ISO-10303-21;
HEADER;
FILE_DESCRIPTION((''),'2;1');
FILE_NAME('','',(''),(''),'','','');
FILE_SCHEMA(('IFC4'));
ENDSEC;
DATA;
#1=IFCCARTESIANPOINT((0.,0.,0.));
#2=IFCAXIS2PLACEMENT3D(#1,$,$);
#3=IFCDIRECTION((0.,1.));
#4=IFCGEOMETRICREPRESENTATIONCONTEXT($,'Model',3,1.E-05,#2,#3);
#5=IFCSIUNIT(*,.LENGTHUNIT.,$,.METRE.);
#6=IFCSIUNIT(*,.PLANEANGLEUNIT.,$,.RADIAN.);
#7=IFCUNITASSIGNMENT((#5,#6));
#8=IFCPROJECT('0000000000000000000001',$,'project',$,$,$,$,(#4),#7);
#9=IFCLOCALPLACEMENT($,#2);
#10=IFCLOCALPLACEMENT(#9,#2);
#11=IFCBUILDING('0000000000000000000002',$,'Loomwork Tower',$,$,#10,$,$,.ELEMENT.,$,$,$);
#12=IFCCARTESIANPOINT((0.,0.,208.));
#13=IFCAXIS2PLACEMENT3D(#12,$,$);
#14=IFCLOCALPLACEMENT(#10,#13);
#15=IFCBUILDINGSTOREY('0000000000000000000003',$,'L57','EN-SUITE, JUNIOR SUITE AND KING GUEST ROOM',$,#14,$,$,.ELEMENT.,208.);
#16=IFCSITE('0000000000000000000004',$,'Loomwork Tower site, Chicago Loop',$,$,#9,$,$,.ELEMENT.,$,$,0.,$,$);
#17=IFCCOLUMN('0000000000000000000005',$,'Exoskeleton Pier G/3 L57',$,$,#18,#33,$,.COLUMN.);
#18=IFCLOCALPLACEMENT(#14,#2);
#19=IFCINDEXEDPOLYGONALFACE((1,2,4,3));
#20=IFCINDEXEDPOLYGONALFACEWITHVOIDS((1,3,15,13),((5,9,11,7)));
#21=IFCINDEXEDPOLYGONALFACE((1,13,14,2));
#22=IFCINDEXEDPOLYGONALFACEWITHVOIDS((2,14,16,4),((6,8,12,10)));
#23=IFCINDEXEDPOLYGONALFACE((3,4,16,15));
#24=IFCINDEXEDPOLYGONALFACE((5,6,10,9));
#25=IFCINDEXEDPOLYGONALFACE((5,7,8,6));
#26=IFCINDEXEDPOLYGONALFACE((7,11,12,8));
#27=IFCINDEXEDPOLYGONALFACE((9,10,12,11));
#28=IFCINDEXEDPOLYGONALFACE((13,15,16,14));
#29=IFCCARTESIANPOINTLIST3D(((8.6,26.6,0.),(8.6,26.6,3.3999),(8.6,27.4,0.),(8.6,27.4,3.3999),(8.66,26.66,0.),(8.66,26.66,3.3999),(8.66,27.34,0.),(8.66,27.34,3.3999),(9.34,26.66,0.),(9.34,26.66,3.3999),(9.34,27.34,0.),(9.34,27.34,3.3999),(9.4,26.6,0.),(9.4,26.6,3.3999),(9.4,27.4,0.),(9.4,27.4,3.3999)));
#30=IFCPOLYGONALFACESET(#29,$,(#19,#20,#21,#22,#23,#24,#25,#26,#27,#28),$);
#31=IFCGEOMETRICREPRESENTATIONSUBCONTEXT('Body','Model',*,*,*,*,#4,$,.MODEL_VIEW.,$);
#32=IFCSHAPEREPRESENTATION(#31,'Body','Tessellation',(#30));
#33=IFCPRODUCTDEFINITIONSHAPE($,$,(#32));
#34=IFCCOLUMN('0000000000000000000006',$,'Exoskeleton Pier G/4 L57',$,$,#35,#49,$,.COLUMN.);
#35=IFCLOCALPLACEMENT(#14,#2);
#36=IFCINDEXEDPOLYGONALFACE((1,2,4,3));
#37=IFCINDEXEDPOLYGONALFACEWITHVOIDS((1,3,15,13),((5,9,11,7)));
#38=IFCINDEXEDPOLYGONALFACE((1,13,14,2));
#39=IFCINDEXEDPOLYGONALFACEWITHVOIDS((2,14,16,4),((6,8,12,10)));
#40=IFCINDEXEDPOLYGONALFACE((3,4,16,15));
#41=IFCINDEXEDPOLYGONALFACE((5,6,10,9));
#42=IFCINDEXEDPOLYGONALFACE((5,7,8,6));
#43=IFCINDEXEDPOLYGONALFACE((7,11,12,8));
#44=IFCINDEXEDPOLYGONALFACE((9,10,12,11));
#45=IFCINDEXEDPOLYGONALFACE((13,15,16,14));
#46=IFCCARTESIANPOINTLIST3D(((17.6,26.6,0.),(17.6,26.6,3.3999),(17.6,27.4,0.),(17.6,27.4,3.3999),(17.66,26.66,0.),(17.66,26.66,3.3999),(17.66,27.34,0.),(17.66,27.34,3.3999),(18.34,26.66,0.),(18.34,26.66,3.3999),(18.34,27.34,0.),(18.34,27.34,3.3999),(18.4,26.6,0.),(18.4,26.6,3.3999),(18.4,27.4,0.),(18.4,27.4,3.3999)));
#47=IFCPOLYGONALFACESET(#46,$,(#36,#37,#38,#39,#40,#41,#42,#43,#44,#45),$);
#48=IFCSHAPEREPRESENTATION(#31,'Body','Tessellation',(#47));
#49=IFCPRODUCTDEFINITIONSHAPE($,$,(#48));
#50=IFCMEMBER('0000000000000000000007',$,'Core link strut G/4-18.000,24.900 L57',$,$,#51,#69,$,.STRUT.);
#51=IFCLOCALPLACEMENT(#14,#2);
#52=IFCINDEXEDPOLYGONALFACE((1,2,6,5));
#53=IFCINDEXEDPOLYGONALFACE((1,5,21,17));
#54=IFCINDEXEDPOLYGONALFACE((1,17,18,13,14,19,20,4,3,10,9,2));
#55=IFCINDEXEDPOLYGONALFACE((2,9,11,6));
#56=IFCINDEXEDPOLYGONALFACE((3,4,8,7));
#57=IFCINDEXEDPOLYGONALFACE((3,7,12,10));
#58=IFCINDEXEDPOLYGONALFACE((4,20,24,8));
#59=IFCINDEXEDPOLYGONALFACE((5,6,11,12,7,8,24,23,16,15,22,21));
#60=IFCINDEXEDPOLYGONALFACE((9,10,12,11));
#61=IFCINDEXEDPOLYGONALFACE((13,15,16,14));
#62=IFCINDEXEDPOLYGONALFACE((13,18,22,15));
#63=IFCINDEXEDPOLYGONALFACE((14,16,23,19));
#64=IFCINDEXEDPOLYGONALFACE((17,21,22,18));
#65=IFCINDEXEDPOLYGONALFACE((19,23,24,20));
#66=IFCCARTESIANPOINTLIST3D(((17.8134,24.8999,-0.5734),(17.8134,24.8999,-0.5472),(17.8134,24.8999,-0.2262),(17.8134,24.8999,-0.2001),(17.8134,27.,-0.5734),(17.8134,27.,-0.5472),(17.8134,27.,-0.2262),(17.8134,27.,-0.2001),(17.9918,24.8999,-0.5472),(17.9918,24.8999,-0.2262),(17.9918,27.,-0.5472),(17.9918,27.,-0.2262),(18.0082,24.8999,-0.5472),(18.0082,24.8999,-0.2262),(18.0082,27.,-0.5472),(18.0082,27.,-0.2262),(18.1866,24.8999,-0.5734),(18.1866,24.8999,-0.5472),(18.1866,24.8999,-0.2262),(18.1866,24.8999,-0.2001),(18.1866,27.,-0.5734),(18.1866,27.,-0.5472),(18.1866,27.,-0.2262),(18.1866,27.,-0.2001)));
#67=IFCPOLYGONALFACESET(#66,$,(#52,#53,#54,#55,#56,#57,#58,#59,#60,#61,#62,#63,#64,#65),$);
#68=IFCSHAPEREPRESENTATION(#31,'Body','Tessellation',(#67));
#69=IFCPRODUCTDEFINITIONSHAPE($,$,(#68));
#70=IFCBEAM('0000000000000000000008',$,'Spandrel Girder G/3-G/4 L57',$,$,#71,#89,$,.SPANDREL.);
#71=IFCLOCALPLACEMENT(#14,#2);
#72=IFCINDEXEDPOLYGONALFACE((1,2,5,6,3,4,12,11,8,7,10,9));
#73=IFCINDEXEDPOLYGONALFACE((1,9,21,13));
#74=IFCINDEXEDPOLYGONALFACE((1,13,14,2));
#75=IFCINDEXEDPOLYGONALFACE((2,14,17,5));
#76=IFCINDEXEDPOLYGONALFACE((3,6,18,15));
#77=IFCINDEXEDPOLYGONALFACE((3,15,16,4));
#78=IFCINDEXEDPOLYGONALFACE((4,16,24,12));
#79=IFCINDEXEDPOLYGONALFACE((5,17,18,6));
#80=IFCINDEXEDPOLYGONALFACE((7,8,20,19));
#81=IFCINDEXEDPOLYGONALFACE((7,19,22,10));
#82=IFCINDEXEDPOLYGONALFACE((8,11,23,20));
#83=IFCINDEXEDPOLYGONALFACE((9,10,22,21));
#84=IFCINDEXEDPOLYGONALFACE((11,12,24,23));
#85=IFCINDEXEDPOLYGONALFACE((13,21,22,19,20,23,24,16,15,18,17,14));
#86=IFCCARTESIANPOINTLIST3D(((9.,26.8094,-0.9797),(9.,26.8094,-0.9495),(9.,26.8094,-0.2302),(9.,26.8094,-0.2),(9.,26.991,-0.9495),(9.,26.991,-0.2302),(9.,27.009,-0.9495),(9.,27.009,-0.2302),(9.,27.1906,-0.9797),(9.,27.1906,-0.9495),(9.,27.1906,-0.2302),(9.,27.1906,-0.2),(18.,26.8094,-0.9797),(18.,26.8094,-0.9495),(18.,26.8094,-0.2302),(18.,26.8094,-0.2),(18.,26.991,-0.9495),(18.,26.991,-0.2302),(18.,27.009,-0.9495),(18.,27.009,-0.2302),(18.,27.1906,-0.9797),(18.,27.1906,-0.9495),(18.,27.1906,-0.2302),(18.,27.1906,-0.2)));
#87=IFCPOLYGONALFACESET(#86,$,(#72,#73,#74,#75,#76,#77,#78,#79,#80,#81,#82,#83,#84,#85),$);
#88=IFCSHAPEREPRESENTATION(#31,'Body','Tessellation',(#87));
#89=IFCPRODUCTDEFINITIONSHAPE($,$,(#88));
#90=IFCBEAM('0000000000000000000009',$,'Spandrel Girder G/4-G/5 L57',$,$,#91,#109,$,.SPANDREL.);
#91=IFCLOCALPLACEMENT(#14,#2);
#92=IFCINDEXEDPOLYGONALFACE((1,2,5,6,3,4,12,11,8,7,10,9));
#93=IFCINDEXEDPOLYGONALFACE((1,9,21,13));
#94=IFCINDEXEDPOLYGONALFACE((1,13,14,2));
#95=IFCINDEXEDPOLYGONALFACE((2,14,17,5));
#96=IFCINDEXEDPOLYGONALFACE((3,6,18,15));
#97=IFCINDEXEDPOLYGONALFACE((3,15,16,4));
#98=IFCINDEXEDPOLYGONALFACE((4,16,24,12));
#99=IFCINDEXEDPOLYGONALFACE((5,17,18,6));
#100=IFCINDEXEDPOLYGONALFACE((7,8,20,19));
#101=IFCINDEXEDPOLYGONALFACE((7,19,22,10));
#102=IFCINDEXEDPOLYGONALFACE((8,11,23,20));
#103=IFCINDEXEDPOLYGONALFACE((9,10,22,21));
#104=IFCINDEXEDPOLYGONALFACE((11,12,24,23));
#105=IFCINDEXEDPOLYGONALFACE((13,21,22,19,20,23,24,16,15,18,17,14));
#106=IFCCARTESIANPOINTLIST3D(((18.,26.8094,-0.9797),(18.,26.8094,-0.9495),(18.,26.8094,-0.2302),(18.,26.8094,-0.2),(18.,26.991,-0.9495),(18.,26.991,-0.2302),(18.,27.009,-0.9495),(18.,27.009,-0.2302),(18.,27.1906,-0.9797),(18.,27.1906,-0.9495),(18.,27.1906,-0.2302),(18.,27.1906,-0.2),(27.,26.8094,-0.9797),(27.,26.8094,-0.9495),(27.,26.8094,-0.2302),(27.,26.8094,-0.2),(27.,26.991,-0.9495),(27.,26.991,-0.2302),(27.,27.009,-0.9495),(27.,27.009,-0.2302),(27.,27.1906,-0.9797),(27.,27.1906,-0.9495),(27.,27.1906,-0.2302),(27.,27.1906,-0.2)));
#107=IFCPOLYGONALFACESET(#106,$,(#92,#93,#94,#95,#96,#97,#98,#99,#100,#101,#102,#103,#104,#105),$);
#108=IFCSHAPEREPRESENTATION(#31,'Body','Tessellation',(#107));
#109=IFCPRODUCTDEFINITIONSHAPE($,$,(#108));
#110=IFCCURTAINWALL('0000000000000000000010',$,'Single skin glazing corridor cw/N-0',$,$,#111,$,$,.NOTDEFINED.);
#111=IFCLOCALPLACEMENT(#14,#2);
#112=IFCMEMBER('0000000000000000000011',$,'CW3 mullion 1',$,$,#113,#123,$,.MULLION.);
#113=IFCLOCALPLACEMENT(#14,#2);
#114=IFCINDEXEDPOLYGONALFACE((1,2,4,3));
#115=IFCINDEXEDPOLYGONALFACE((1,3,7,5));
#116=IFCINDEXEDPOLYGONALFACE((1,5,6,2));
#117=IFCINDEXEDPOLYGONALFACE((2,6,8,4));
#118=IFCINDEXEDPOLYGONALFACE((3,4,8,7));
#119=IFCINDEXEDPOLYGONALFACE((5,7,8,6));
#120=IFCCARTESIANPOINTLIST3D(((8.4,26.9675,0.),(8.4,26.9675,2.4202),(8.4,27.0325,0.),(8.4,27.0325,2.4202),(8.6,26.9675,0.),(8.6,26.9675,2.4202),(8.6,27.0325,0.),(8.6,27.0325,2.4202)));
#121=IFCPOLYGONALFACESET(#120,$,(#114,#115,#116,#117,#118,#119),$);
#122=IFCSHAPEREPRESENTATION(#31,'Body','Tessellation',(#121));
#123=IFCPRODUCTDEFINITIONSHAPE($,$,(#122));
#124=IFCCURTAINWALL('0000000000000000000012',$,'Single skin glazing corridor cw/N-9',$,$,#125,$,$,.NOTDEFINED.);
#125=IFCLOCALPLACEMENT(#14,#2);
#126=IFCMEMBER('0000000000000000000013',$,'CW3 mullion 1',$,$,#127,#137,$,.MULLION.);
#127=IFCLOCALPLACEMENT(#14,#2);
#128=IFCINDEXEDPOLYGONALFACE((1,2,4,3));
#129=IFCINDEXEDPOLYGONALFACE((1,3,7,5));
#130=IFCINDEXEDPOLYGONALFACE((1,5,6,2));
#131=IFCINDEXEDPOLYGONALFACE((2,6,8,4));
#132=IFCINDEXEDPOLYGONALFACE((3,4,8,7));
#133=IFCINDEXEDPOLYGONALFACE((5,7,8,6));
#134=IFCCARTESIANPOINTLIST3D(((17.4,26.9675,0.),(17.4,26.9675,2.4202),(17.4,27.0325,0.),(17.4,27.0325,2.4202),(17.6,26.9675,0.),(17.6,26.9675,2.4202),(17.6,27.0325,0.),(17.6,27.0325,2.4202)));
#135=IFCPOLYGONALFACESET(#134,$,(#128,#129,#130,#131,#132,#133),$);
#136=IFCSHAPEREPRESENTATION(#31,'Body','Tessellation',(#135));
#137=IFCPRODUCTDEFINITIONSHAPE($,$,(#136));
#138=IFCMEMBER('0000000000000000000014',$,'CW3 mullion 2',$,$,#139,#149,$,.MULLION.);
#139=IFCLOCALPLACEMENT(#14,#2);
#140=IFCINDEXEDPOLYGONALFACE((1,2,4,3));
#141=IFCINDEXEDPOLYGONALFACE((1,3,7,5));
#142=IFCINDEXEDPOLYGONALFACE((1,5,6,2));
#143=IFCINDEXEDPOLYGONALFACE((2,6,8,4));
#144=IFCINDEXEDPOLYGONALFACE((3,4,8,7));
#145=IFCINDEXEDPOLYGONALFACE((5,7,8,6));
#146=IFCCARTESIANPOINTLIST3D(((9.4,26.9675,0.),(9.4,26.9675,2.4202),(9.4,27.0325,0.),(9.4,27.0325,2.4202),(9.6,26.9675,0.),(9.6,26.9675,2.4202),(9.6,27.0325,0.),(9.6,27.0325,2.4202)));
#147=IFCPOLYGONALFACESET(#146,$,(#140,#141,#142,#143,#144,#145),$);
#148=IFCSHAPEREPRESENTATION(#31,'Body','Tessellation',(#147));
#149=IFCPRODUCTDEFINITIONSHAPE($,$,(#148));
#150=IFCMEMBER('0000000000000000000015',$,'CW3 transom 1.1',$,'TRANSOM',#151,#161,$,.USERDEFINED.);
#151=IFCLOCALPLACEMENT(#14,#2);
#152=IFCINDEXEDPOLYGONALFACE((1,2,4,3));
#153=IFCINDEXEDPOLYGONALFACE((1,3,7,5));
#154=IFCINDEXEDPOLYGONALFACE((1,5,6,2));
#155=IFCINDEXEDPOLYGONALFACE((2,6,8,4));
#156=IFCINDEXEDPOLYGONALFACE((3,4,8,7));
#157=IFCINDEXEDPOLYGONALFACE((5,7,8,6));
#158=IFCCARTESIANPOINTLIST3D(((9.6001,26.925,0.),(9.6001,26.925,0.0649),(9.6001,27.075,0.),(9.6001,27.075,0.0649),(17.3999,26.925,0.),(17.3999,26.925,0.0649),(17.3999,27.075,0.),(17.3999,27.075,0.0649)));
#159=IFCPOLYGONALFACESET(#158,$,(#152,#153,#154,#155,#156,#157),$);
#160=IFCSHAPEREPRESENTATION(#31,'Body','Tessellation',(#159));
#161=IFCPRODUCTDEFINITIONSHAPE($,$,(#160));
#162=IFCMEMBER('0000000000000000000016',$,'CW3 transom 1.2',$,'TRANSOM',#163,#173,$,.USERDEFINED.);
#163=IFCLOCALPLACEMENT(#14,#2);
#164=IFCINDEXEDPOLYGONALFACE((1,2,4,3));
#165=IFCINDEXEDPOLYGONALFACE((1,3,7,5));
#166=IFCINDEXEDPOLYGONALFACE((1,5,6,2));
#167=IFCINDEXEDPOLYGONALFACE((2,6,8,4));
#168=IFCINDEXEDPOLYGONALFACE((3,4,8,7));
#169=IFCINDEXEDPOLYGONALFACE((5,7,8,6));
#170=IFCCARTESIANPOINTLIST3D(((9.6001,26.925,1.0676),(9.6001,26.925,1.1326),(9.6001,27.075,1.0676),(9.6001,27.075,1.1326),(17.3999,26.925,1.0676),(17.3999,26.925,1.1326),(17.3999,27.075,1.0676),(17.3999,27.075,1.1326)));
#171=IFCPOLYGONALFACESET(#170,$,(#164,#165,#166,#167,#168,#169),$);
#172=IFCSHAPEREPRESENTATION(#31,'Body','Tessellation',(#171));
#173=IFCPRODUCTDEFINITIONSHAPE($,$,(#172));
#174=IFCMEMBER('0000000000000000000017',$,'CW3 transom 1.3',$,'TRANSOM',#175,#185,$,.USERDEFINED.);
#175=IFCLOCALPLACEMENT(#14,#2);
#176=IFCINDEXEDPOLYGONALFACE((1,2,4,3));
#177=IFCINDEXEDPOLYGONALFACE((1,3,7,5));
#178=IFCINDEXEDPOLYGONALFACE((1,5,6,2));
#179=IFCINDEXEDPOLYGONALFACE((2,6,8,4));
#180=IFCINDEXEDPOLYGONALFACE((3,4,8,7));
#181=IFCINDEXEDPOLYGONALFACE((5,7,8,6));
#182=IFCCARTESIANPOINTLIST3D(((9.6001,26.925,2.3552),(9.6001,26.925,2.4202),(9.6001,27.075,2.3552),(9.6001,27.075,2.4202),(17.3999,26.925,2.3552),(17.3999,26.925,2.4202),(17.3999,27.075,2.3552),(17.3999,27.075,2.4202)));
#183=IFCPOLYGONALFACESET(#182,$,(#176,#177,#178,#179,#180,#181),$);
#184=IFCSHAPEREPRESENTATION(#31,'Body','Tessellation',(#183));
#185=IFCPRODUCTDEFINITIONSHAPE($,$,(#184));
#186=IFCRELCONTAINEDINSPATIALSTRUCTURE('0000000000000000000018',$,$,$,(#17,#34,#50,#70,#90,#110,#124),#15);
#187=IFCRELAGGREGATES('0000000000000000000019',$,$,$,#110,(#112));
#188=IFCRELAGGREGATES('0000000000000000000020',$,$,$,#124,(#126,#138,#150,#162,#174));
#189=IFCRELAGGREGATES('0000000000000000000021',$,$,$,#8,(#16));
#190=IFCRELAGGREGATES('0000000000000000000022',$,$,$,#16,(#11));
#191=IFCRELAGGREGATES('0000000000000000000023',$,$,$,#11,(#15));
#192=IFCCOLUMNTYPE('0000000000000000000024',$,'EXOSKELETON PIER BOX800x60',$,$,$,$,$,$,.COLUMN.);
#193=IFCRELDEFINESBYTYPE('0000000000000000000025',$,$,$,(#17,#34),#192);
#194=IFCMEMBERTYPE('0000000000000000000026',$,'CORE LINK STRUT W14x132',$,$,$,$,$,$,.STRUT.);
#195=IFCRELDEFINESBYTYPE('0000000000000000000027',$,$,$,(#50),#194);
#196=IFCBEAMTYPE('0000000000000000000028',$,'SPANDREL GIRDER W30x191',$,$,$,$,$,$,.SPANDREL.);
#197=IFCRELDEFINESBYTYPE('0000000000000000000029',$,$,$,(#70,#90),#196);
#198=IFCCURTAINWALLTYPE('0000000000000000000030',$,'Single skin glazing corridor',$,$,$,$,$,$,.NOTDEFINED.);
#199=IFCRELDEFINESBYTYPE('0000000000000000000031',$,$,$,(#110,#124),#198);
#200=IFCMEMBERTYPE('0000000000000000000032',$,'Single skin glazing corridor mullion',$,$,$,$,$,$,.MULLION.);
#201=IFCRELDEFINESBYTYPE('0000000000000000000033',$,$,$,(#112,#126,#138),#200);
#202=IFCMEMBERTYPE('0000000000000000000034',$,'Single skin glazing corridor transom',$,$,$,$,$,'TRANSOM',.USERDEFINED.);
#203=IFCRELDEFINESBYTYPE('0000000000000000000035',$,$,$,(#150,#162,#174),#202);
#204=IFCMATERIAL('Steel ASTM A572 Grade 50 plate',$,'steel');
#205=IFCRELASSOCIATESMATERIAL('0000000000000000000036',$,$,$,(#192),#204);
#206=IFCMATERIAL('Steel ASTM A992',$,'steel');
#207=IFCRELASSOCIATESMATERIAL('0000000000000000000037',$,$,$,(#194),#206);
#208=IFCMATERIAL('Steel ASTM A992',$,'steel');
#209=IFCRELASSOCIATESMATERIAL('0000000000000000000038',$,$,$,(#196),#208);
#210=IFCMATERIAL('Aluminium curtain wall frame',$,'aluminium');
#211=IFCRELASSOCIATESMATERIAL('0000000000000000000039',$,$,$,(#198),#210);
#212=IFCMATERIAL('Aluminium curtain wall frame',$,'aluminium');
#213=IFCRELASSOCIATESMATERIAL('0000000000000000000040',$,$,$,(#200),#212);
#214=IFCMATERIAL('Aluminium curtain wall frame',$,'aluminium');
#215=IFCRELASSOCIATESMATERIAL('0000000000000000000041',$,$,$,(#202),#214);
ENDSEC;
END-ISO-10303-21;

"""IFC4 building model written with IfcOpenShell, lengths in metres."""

from ifc_helpers import new_model, si_unit, direction, frame, origin, origin_2d, place, context, subcontext, project, spatial, rectangle, hollow_rectangle, i_section, extrude, material, material_profile, profile_set, type_object, element, aggregate, save


model = new_model("IFC4")

# Units and contexts
model_context = context("Model", 3, precision=1e-05, world=origin(), true_north=direction((0.0, 1.0)))
body_context = subcontext(model_context, "Body", "Model", "MODEL_VIEW")
ifc_project = project(units=[si_unit("LENGTHUNIT", "METRE"), si_unit("PLANEANGLEUNIT", "RADIAN")], contexts=[model_context])

# Site, building, storey
site_placement = place(None, origin())
site = spatial("IfcSite", under=ifc_project, at=site_placement, Name="Loomwork Tower site, Chicago Loop", CompositionType="ELEMENT", RefElevation=0.0)
building_placement = place(site_placement, origin())
building = spatial("IfcBuilding", under=site, at=building_placement, Name="Loomwork Tower", CompositionType="ELEMENT")
storey_placement = place(building_placement, frame((0.0, 0.0, 208.0)))
storey = spatial("IfcBuildingStorey", under=building, at=storey_placement, Name="L57", Description="EN-SUITE, JUNIOR SUITE AND KING GUEST ROOM", CompositionType="ELEMENT", Elevation=208.0)

# Columns
ifc_material_1 = material(Name="Steel ASTM A572 Grade 50 plate", Category="steel")
ifc_material_profile_1 = material_profile(ifc_material_1, hollow_rectangle(XDim=0.8, YDim=0.8, WallThickness=0.0601, at=origin_2d()), Name="BOX800x60")
ifc_profile_set_1 = profile_set([ifc_material_profile_1], Name="Steel ASTM A572 Grade 50 plate")
column_type = type_object("IfcColumnType", Name="EXOSKELETON PIER BOX800x60", PredefinedType="COLUMN", material=ifc_profile_set_1)
for number, where, z_axis, x_axis, name in (
    (1, (9.0, 27.0, 0.0), (0.0, 0.0, 1.0), (1.0, 0.0, 0.0), "Exoskeleton Pier G/3 L57"),
    (2, (18.0, 27.0, 0.0), (0.0, 0.0, 1.0), (1.0, 0.0, 0.0), "Exoskeleton Pier G/4 L57"),
):
    element("IfcColumn", number, at=place(storey_placement, frame(where, z_axis=z_axis, x_axis=x_axis)), inside=storey, type_object=column_type, Name=name, PredefinedType="COLUMN", context=body_context, shape_type="SweptSolid", body=[
        extrude(hollow_rectangle(XDim=0.8, YDim=0.8, WallThickness=0.0601, at=origin_2d()), origin(), (0.0, 0.0, 1.0), 3.3999),
    ])

# Member
ifc_material_2 = material(Name="Steel ASTM A992", Category="steel")
ifc_material_profile_2 = material_profile(ifc_material_2, i_section(OverallWidth=0.3733, OverallDepth=0.3733, WebThickness=0.0164, FlangeThickness=0.0261, at=origin_2d()), Name="W14x132")
ifc_profile_set_2 = profile_set([ifc_material_profile_2], Name="Steel ASTM A992")
member_type_1 = type_object("IfcMemberType", Name="CORE LINK STRUT W14x132", PredefinedType="STRUT", material=ifc_profile_set_2)
member_1_placement = place(storey_placement, frame((18.0, 27.0, -0.3867), z_axis=(0.0, -1.0, 0.0), x_axis=(1.0, 0.0, 0.0)))
element("IfcMember", 3, at=member_1_placement, inside=storey, type_object=member_type_1, Name="Core link strut G/4-18.000,24.900 L57", PredefinedType="STRUT", context=body_context, shape_type="SweptSolid", body=[
    extrude(i_section(OverallWidth=0.3733, OverallDepth=0.3733, WebThickness=0.0164, FlangeThickness=0.0261, at=origin_2d()), origin(), (0.0, 0.0, 1.0), 2.1001),
])

# Beams
ifc_material_3 = material(Name="Steel ASTM A992", Category="steel")
ifc_material_profile_3 = material_profile(ifc_material_3, i_section(OverallWidth=0.3811, OverallDepth=0.7798, WebThickness=0.0181, FlangeThickness=0.0303, at=origin_2d()), Name="W30x191")
ifc_profile_set_3 = profile_set([ifc_material_profile_3], Name="Steel ASTM A992")
beam_type = type_object("IfcBeamType", Name="SPANDREL GIRDER W30x191", PredefinedType="SPANDREL", material=ifc_profile_set_3)
for number, where, z_axis, x_axis, name in (
    (4, (9.0, 27.0, -0.5898), (1.0, 0.0, 0.0), (0.0, 1.0, 0.0), "Spandrel Girder G/3-G/4 L57"),
    (5, (18.0, 27.0, -0.5898), (1.0, 0.0, 0.0), (0.0, 1.0, 0.0), "Spandrel Girder G/4-G/5 L57"),
):
    element("IfcBeam", number, at=place(storey_placement, frame(where, z_axis=z_axis, x_axis=x_axis)), inside=storey, type_object=beam_type, Name=name, PredefinedType="SPANDREL", context=body_context, shape_type="SweptSolid", body=[
        extrude(i_section(OverallWidth=0.3811, OverallDepth=0.7798, WebThickness=0.0181, FlangeThickness=0.0303, at=origin_2d()), origin(), (0.0, 0.0, 1.0), 9.0),
    ])

# Curtain wall, member
ifc_material_4 = material(Name="Aluminium curtain wall frame", Category="aluminium")
curtain_wall_type = type_object("IfcCurtainWallType", Name="Single skin glazing corridor", PredefinedType="NOTDEFINED", material=ifc_material_4)
curtain_wall_1_placement = place(storey_placement, origin())
curtain_wall_1 = element("IfcCurtainWall", 6, at=curtain_wall_1_placement, inside=storey, type_object=curtain_wall_type, Name="Single skin glazing corridor cw/N-0", PredefinedType="NOTDEFINED")
ifc_material_5 = material(Name="Aluminium curtain wall frame", Category="aluminium")
ifc_material_profile_4 = material_profile(ifc_material_5, rectangle(XDim=0.0649, YDim=0.2, at=origin_2d()), Name="AL 65x200")
ifc_profile_set_4 = profile_set([ifc_material_profile_4], Name="Aluminium curtain wall frame")
member_type_2 = type_object("IfcMemberType", Name="Single skin glazing corridor mullion", PredefinedType="MULLION", material=ifc_profile_set_4)
member_2_placement = place(storey_placement, frame((8.5, 27.0, 0.0), z_axis=(0.0, 0.0, 1.0), x_axis=(0.0, -1.0, 0.0)))
member_2 = element("IfcMember", 7, at=member_2_placement, type_object=member_type_2, Name="CW3 mullion 1", PredefinedType="MULLION", context=body_context, shape_type="SweptSolid", body=[
    extrude(rectangle(XDim=0.0649, YDim=0.2, at=origin_2d()), origin(), (0.0, 0.0, 1.0), 2.4202),
])
aggregate(curtain_wall_1, [member_2])

# Curtain wall, members
curtain_wall_2_placement = place(storey_placement, origin())
curtain_wall_2 = element("IfcCurtainWall", 8, at=curtain_wall_2_placement, inside=storey, type_object=curtain_wall_type, Name="Single skin glazing corridor cw/N-9", PredefinedType="NOTDEFINED")
member_3_placement = place(storey_placement, frame((17.5, 27.0, 0.0), z_axis=(0.0, 0.0, 1.0), x_axis=(0.0, -1.0, 0.0)))
member_3 = element("IfcMember", 9, at=member_3_placement, type_object=member_type_2, Name="CW3 mullion 1", PredefinedType="MULLION", context=body_context, shape_type="SweptSolid", body=[
    extrude(rectangle(XDim=0.0649, YDim=0.2, at=origin_2d()), origin(), (0.0, 0.0, 1.0), 2.4202),
])
member_4_placement = place(storey_placement, frame((9.5, 27.0, 0.0), z_axis=(0.0, 0.0, 1.0), x_axis=(0.0, -1.0, 0.0)))
member_4 = element("IfcMember", 10, at=member_4_placement, type_object=member_type_2, Name="CW3 mullion 2", PredefinedType="MULLION", context=body_context, shape_type="SweptSolid", body=[
    extrude(rectangle(XDim=0.0649, YDim=0.2, at=origin_2d()), origin(), (0.0, 0.0, 1.0), 2.4202),
])
ifc_material_6 = material(Name="Aluminium curtain wall frame", Category="aluminium")
ifc_material_profile_5 = material_profile(ifc_material_6, rectangle(XDim=0.1499, YDim=0.0649, at=origin_2d()), Name="AL 65x150")
ifc_profile_set_5 = profile_set([ifc_material_profile_5], Name="Aluminium curtain wall frame")
member_type_3 = type_object("IfcMemberType", Name="Single skin glazing corridor transom", ElementType="TRANSOM", PredefinedType="USERDEFINED", material=ifc_profile_set_5)
member_5_placement = place(storey_placement, frame((17.3999, 27.0, 0.0325), z_axis=(-1.0, 0.0, 0.0), x_axis=(0.0, -1.0, 0.0)))
member_5 = element("IfcMember", 11, at=member_5_placement, type_object=member_type_3, Name="CW3 transom 1.1", ObjectType="TRANSOM", PredefinedType="USERDEFINED", context=body_context, shape_type="SweptSolid", body=[
    extrude(rectangle(XDim=0.1499, YDim=0.0649, at=origin_2d()), origin(), (0.0, 0.0, 1.0), 7.7998),
])
member_6_placement = place(storey_placement, frame((17.3999, 27.0, 1.1001), z_axis=(-1.0, 0.0, 0.0), x_axis=(0.0, -1.0, 0.0)))
member_6 = element("IfcMember", 12, at=member_6_placement, type_object=member_type_3, Name="CW3 transom 1.2", ObjectType="TRANSOM", PredefinedType="USERDEFINED", context=body_context, shape_type="SweptSolid", body=[
    extrude(rectangle(XDim=0.1499, YDim=0.0649, at=origin_2d()), origin(), (0.0, 0.0, 1.0), 7.7998),
])
member_7_placement = place(storey_placement, frame((17.3999, 27.0, 2.3877), z_axis=(-1.0, 0.0, 0.0), x_axis=(0.0, -1.0, 0.0)))
member_7 = element("IfcMember", 13, at=member_7_placement, type_object=member_type_3, Name="CW3 transom 1.3", ObjectType="TRANSOM", PredefinedType="USERDEFINED", context=body_context, shape_type="SweptSolid", body=[
    extrude(rectangle(XDim=0.1499, YDim=0.0649, at=origin_2d()), origin(), (0.0, 0.0, 1.0), 7.7998),
])
aggregate(curtain_wall_2, [member_3, member_4, member_5, member_6, member_7])

save(model, "model.ifc")
